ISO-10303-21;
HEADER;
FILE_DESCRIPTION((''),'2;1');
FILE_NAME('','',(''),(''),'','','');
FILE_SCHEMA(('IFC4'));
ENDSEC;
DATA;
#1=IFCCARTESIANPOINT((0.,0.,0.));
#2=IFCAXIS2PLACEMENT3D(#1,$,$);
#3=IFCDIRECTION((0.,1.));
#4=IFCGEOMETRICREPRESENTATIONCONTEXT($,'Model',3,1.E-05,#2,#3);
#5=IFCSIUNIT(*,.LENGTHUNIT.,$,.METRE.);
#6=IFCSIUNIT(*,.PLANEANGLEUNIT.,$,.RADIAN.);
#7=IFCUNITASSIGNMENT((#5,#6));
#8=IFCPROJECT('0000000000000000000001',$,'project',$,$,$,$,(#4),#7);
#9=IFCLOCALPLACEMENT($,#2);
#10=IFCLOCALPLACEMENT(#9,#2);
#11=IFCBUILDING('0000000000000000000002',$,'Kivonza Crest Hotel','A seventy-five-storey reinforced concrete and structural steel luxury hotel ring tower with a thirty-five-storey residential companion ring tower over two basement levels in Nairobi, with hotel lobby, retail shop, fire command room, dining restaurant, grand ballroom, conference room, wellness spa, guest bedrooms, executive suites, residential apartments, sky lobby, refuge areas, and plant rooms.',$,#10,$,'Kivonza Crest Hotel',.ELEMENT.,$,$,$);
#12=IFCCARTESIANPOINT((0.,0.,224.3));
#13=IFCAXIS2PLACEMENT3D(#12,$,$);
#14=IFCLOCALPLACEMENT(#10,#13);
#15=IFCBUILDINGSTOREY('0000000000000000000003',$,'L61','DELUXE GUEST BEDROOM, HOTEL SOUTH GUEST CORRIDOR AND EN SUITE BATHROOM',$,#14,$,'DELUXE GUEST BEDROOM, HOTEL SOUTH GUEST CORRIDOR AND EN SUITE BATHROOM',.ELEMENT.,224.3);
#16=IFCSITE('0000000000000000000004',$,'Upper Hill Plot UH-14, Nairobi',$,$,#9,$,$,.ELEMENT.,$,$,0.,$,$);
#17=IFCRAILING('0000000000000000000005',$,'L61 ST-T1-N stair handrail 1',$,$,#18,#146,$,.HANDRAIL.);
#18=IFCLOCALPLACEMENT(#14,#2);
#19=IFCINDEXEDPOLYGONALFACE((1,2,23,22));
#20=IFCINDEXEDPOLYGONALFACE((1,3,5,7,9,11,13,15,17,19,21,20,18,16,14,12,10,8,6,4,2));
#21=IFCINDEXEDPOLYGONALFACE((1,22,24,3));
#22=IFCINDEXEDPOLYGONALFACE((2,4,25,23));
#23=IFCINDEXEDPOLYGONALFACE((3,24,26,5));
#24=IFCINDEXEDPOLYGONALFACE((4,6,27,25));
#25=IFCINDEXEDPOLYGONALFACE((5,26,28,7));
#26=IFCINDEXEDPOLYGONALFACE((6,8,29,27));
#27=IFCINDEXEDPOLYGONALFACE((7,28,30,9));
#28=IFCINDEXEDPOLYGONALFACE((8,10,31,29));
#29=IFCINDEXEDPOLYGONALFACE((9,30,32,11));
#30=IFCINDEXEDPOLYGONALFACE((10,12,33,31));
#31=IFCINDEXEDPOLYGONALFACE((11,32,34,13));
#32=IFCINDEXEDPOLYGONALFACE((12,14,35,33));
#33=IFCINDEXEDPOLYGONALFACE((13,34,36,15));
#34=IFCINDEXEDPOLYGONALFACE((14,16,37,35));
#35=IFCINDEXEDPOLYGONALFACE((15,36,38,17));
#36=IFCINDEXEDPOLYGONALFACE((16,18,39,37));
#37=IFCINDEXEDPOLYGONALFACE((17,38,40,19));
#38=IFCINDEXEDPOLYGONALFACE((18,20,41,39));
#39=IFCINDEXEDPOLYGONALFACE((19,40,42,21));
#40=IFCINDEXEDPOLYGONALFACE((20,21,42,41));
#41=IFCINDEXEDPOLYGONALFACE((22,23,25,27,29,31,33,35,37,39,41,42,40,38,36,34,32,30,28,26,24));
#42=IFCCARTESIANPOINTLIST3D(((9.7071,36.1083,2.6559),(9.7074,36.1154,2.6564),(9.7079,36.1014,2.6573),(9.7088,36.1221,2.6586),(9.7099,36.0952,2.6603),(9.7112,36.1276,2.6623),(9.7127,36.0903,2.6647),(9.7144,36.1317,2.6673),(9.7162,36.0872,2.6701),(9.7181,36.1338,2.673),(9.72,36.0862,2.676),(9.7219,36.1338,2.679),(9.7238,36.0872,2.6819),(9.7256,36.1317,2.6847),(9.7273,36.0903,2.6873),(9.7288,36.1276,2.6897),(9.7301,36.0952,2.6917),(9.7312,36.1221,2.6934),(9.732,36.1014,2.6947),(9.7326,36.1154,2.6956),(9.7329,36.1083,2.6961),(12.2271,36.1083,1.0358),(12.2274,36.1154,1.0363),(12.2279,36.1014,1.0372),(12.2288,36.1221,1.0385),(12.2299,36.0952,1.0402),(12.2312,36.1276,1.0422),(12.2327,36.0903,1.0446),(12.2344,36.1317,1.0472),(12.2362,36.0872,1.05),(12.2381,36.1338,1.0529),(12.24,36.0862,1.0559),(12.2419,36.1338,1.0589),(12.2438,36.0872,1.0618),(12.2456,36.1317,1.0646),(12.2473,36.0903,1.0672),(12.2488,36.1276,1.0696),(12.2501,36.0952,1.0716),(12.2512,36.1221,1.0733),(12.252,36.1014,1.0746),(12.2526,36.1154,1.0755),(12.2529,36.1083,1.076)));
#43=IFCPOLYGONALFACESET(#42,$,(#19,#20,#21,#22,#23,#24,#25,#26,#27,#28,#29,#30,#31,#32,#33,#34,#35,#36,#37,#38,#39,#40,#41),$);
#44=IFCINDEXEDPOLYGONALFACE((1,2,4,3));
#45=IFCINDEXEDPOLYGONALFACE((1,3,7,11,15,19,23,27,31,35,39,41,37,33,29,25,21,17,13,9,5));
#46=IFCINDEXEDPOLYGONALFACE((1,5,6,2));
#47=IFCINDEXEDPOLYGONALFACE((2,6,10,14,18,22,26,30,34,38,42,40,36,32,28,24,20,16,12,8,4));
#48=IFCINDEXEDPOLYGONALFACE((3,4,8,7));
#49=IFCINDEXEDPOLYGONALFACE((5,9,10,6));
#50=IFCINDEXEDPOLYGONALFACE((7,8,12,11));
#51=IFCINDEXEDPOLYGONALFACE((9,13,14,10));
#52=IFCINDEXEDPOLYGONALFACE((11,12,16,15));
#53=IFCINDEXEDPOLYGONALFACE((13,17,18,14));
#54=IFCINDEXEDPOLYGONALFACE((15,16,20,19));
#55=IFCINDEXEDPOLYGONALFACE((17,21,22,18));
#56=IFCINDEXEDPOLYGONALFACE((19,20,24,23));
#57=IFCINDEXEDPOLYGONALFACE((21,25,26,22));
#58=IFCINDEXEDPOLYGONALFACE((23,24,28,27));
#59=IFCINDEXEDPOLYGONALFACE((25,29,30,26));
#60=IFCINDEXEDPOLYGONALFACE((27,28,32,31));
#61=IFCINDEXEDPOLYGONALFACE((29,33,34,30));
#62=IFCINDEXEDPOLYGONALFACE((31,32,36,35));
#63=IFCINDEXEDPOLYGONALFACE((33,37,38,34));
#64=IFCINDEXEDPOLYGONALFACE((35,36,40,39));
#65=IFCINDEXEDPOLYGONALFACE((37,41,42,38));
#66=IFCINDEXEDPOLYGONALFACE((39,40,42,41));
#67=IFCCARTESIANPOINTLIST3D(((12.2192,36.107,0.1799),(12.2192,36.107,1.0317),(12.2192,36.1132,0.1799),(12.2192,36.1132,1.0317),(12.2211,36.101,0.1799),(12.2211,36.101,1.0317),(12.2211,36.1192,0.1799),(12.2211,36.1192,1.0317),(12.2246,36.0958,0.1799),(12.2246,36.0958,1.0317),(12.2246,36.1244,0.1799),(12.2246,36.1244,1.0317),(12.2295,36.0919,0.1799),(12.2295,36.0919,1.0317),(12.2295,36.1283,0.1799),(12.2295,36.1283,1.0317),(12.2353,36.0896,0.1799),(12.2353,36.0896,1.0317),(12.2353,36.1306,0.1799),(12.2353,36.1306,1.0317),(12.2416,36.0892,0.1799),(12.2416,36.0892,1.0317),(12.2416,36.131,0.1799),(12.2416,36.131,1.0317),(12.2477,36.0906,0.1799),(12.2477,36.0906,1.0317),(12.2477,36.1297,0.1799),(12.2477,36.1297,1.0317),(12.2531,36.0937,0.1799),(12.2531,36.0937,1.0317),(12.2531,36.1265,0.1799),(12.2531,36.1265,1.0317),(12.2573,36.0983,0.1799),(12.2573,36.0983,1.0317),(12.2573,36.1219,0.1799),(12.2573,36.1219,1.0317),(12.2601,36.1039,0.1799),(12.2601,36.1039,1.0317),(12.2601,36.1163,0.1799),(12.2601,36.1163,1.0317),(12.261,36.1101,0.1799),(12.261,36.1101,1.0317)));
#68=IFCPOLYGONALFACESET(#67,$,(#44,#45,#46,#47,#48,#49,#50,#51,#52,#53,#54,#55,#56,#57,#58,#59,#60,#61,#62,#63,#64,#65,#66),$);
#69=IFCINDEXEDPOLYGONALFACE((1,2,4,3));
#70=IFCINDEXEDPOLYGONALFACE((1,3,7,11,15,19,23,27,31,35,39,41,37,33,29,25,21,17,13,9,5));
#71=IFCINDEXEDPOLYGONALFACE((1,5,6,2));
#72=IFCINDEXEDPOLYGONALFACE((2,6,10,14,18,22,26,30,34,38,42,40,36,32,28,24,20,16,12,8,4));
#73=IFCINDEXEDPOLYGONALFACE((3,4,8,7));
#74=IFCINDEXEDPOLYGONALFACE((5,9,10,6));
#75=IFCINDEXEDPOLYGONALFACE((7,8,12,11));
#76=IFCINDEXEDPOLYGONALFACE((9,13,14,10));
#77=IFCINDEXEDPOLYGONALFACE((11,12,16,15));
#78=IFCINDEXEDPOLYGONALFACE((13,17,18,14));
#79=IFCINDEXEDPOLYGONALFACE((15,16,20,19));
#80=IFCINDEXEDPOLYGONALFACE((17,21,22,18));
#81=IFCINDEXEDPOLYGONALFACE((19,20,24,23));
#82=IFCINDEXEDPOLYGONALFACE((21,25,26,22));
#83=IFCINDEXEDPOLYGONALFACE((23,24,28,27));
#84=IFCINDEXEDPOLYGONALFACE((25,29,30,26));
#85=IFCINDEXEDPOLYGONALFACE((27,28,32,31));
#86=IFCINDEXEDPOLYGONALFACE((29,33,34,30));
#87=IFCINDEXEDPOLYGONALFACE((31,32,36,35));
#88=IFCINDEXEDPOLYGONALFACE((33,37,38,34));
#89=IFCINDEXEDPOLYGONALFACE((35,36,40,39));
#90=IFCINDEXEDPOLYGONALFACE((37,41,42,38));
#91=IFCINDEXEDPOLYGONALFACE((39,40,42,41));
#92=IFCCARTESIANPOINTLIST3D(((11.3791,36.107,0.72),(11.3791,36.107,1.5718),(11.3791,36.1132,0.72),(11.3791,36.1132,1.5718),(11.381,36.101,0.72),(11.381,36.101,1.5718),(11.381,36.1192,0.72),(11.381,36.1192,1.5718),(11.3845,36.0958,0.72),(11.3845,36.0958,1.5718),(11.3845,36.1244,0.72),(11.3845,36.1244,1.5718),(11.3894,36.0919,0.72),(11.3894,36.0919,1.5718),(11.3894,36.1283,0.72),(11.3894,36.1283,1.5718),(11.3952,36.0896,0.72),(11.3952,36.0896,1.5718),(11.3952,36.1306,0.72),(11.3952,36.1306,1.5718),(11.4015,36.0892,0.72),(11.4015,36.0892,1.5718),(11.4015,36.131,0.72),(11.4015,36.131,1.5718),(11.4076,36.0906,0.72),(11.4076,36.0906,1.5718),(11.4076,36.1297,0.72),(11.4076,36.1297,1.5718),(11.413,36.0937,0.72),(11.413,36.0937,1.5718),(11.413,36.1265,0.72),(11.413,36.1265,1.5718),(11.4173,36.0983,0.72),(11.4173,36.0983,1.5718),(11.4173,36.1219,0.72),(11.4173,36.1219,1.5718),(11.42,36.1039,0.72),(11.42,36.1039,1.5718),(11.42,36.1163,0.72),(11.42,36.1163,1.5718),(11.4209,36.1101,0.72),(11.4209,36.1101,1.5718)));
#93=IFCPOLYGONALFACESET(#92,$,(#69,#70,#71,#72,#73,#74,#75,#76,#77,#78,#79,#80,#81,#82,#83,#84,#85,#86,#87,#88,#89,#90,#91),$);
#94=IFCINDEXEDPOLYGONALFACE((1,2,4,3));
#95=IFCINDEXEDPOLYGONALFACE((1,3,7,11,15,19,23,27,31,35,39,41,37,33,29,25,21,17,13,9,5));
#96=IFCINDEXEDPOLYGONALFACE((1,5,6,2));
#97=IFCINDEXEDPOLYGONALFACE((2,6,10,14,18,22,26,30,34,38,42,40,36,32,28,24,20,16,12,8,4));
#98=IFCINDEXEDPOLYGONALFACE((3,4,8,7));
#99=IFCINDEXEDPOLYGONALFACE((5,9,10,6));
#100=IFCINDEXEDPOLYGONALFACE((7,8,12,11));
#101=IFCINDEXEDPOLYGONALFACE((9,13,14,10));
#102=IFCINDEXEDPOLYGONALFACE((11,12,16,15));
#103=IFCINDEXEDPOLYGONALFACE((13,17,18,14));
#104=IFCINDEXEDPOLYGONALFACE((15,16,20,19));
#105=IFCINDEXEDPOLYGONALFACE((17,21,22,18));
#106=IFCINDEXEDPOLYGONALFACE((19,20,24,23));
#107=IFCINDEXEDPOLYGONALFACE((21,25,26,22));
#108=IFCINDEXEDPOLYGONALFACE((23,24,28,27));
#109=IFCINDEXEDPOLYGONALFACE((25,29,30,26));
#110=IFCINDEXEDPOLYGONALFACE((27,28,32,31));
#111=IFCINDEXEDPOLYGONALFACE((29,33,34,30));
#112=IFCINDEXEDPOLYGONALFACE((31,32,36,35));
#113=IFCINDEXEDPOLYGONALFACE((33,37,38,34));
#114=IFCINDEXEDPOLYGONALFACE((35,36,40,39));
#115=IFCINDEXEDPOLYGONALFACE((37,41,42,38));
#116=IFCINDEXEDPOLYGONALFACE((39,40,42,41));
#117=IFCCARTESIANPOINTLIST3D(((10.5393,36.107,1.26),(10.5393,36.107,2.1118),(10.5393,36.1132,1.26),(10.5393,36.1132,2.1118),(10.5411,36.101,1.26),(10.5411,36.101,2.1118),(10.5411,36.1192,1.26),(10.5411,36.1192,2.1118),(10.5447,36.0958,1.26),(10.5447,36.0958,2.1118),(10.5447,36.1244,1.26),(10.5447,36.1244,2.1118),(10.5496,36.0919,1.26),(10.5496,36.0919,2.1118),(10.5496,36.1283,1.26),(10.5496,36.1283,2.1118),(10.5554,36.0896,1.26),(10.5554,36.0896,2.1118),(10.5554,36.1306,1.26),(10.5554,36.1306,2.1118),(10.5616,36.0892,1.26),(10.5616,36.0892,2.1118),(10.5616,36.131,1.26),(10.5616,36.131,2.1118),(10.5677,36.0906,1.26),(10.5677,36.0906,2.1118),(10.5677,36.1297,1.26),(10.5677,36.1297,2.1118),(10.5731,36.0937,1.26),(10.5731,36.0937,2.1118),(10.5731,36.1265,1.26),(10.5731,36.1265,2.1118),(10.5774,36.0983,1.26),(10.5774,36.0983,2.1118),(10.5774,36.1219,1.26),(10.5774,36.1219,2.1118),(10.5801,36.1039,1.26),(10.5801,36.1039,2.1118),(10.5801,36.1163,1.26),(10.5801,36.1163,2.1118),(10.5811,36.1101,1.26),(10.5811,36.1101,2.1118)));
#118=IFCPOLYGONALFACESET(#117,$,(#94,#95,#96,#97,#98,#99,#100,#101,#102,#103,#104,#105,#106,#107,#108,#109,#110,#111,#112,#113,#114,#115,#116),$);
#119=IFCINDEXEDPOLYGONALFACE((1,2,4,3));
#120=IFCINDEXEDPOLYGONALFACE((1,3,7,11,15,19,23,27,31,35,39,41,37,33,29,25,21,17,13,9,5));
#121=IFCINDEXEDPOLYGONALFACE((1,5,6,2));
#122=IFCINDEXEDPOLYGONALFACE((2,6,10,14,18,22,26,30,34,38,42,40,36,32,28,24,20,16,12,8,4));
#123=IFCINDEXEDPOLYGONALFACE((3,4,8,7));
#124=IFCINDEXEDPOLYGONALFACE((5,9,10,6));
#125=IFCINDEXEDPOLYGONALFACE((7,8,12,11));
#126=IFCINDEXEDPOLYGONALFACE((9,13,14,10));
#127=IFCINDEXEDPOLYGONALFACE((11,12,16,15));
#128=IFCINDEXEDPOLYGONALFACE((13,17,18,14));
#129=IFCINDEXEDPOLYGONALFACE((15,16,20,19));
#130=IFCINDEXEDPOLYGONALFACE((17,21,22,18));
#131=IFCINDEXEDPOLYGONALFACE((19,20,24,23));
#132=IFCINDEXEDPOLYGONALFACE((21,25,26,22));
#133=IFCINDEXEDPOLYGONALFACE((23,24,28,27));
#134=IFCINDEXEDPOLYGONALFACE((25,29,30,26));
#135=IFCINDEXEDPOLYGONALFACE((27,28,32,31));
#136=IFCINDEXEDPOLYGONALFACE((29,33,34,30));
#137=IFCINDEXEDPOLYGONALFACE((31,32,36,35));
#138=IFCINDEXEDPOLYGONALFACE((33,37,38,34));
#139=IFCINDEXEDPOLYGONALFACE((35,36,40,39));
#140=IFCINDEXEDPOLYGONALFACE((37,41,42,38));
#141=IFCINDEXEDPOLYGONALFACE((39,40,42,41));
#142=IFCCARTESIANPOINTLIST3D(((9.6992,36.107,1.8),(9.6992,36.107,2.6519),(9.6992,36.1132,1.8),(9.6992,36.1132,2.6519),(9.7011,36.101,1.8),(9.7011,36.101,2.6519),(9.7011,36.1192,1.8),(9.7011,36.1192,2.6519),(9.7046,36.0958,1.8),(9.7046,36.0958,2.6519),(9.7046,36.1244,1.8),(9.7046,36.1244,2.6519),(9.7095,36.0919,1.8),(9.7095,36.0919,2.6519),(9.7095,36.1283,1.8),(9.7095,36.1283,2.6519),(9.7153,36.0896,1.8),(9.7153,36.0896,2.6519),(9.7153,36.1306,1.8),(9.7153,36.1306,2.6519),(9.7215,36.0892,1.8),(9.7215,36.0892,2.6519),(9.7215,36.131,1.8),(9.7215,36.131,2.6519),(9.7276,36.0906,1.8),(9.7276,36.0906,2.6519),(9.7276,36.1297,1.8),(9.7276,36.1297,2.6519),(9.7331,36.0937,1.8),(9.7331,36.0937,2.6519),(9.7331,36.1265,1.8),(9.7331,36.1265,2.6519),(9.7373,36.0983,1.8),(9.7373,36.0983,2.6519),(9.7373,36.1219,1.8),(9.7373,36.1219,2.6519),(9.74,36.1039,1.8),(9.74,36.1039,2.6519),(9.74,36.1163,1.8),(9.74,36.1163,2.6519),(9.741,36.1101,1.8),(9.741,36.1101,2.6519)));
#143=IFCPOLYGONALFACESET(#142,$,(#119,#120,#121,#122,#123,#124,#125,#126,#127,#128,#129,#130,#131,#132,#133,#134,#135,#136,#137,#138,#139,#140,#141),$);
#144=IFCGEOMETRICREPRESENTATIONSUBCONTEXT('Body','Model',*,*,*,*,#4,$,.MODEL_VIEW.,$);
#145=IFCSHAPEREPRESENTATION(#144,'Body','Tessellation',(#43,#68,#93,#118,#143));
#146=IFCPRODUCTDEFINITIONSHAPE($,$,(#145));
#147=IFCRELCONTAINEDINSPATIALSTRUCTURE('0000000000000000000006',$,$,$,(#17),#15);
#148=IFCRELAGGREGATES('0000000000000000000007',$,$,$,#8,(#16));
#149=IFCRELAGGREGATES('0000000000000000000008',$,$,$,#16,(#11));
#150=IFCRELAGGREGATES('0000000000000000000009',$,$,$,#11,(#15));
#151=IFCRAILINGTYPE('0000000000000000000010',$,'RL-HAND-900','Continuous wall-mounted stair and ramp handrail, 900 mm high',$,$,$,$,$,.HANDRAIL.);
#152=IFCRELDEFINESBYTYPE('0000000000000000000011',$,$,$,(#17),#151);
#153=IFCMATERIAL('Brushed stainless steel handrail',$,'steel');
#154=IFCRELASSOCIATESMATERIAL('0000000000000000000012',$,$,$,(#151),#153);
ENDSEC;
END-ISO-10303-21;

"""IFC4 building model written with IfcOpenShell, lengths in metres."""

from ifc_helpers import new_model, si_unit, direction, frame, origin, origin_2d, place, context, subcontext, project, spatial, circle, extrude, material, type_object, element, save


model = new_model("IFC4")

# Units and contexts
model_context = context("Model", 3, precision=1e-05, world=origin(), true_north=direction((0.0, 1.0)))
body_context = subcontext(model_context, "Body", "Model", "MODEL_VIEW")
ifc_project = project(units=[si_unit("LENGTHUNIT", "METRE"), si_unit("PLANEANGLEUNIT", "RADIAN")], contexts=[model_context])

# Site, building, storey
site_placement = place(None, origin())
site = spatial("IfcSite", under=ifc_project, at=site_placement, Name="Upper Hill Plot UH-14, Nairobi", CompositionType="ELEMENT", RefElevation=0.0)
building_placement = place(site_placement, origin())
building = spatial("IfcBuilding", under=site, at=building_placement, Name="Kivonza Crest Hotel", Description="A seventy-five-storey reinforced concrete and structural steel luxury hotel ring tower with a thirty-five-storey residential companion ring tower over two basement levels in Nairobi, with hotel lobby, retail shop, fire command room, dining restaurant, grand ballroom, conference room, wellness spa, guest bedrooms, executive suites, residential apartments, sky lobby, refuge areas, and plant rooms.", LongName="Kivonza Crest Hotel", CompositionType="ELEMENT")
storey_placement = place(building_placement, frame((0.0, 0.0, 224.3)))
storey = spatial("IfcBuildingStorey", under=building, at=storey_placement, Name="L61", Description="DELUXE GUEST BEDROOM, HOTEL SOUTH GUEST CORRIDOR AND EN SUITE BATHROOM", LongName="DELUXE GUEST BEDROOM, HOTEL SOUTH GUEST CORRIDOR AND EN SUITE BATHROOM", CompositionType="ELEMENT", Elevation=224.3)

# Railing
ifc_material_1 = material(Name="Brushed stainless steel handrail", Category="steel")
railing_type_1 = type_object("IfcRailingType", Name="RL-HAND-900", Description="Continuous wall-mounted stair and ramp handrail, 900 mm high", PredefinedType="HANDRAIL", material=ifc_material_1)
railing_1_placement = place(storey_placement, frame((12.24, 36.1101, 0.1799)))
element("IfcRailing", 1, at=railing_1_placement, inside=storey, type_object=railing_type_1, Name="L61 ST-T1-N stair handrail 1", PredefinedType="HANDRAIL", context=body_context, shape_type="SweptSolid", body=[
    extrude(circle(Radius=0.0239, at=origin_2d()), frame((0.0, 0.0, 0.876), z_axis=(-0.841163, 0.0, 0.540782), x_axis=(0.0, -1.0, 0.0)), (0.0, 0.0, 1.0), 2.9958),
    extrude(circle(Radius=0.021, at=origin_2d()), origin(), (0.0, 0.0, 1.0), 0.8518),
    extrude(circle(Radius=0.021, at=origin_2d()), frame((-0.8401, 0.0, 0.54)), (0.0, 0.0, 1.0), 0.8518),
    extrude(circle(Radius=0.021, at=origin_2d()), frame((-1.6799, 0.0, 1.0801)), (0.0, 0.0, 1.0), 0.8518),
    extrude(circle(Radius=0.021, at=origin_2d()), frame((-2.52, 0.0, 1.6201)), (0.0, 0.0, 1.0), 0.8518),
])

save(model, "model.ifc")
